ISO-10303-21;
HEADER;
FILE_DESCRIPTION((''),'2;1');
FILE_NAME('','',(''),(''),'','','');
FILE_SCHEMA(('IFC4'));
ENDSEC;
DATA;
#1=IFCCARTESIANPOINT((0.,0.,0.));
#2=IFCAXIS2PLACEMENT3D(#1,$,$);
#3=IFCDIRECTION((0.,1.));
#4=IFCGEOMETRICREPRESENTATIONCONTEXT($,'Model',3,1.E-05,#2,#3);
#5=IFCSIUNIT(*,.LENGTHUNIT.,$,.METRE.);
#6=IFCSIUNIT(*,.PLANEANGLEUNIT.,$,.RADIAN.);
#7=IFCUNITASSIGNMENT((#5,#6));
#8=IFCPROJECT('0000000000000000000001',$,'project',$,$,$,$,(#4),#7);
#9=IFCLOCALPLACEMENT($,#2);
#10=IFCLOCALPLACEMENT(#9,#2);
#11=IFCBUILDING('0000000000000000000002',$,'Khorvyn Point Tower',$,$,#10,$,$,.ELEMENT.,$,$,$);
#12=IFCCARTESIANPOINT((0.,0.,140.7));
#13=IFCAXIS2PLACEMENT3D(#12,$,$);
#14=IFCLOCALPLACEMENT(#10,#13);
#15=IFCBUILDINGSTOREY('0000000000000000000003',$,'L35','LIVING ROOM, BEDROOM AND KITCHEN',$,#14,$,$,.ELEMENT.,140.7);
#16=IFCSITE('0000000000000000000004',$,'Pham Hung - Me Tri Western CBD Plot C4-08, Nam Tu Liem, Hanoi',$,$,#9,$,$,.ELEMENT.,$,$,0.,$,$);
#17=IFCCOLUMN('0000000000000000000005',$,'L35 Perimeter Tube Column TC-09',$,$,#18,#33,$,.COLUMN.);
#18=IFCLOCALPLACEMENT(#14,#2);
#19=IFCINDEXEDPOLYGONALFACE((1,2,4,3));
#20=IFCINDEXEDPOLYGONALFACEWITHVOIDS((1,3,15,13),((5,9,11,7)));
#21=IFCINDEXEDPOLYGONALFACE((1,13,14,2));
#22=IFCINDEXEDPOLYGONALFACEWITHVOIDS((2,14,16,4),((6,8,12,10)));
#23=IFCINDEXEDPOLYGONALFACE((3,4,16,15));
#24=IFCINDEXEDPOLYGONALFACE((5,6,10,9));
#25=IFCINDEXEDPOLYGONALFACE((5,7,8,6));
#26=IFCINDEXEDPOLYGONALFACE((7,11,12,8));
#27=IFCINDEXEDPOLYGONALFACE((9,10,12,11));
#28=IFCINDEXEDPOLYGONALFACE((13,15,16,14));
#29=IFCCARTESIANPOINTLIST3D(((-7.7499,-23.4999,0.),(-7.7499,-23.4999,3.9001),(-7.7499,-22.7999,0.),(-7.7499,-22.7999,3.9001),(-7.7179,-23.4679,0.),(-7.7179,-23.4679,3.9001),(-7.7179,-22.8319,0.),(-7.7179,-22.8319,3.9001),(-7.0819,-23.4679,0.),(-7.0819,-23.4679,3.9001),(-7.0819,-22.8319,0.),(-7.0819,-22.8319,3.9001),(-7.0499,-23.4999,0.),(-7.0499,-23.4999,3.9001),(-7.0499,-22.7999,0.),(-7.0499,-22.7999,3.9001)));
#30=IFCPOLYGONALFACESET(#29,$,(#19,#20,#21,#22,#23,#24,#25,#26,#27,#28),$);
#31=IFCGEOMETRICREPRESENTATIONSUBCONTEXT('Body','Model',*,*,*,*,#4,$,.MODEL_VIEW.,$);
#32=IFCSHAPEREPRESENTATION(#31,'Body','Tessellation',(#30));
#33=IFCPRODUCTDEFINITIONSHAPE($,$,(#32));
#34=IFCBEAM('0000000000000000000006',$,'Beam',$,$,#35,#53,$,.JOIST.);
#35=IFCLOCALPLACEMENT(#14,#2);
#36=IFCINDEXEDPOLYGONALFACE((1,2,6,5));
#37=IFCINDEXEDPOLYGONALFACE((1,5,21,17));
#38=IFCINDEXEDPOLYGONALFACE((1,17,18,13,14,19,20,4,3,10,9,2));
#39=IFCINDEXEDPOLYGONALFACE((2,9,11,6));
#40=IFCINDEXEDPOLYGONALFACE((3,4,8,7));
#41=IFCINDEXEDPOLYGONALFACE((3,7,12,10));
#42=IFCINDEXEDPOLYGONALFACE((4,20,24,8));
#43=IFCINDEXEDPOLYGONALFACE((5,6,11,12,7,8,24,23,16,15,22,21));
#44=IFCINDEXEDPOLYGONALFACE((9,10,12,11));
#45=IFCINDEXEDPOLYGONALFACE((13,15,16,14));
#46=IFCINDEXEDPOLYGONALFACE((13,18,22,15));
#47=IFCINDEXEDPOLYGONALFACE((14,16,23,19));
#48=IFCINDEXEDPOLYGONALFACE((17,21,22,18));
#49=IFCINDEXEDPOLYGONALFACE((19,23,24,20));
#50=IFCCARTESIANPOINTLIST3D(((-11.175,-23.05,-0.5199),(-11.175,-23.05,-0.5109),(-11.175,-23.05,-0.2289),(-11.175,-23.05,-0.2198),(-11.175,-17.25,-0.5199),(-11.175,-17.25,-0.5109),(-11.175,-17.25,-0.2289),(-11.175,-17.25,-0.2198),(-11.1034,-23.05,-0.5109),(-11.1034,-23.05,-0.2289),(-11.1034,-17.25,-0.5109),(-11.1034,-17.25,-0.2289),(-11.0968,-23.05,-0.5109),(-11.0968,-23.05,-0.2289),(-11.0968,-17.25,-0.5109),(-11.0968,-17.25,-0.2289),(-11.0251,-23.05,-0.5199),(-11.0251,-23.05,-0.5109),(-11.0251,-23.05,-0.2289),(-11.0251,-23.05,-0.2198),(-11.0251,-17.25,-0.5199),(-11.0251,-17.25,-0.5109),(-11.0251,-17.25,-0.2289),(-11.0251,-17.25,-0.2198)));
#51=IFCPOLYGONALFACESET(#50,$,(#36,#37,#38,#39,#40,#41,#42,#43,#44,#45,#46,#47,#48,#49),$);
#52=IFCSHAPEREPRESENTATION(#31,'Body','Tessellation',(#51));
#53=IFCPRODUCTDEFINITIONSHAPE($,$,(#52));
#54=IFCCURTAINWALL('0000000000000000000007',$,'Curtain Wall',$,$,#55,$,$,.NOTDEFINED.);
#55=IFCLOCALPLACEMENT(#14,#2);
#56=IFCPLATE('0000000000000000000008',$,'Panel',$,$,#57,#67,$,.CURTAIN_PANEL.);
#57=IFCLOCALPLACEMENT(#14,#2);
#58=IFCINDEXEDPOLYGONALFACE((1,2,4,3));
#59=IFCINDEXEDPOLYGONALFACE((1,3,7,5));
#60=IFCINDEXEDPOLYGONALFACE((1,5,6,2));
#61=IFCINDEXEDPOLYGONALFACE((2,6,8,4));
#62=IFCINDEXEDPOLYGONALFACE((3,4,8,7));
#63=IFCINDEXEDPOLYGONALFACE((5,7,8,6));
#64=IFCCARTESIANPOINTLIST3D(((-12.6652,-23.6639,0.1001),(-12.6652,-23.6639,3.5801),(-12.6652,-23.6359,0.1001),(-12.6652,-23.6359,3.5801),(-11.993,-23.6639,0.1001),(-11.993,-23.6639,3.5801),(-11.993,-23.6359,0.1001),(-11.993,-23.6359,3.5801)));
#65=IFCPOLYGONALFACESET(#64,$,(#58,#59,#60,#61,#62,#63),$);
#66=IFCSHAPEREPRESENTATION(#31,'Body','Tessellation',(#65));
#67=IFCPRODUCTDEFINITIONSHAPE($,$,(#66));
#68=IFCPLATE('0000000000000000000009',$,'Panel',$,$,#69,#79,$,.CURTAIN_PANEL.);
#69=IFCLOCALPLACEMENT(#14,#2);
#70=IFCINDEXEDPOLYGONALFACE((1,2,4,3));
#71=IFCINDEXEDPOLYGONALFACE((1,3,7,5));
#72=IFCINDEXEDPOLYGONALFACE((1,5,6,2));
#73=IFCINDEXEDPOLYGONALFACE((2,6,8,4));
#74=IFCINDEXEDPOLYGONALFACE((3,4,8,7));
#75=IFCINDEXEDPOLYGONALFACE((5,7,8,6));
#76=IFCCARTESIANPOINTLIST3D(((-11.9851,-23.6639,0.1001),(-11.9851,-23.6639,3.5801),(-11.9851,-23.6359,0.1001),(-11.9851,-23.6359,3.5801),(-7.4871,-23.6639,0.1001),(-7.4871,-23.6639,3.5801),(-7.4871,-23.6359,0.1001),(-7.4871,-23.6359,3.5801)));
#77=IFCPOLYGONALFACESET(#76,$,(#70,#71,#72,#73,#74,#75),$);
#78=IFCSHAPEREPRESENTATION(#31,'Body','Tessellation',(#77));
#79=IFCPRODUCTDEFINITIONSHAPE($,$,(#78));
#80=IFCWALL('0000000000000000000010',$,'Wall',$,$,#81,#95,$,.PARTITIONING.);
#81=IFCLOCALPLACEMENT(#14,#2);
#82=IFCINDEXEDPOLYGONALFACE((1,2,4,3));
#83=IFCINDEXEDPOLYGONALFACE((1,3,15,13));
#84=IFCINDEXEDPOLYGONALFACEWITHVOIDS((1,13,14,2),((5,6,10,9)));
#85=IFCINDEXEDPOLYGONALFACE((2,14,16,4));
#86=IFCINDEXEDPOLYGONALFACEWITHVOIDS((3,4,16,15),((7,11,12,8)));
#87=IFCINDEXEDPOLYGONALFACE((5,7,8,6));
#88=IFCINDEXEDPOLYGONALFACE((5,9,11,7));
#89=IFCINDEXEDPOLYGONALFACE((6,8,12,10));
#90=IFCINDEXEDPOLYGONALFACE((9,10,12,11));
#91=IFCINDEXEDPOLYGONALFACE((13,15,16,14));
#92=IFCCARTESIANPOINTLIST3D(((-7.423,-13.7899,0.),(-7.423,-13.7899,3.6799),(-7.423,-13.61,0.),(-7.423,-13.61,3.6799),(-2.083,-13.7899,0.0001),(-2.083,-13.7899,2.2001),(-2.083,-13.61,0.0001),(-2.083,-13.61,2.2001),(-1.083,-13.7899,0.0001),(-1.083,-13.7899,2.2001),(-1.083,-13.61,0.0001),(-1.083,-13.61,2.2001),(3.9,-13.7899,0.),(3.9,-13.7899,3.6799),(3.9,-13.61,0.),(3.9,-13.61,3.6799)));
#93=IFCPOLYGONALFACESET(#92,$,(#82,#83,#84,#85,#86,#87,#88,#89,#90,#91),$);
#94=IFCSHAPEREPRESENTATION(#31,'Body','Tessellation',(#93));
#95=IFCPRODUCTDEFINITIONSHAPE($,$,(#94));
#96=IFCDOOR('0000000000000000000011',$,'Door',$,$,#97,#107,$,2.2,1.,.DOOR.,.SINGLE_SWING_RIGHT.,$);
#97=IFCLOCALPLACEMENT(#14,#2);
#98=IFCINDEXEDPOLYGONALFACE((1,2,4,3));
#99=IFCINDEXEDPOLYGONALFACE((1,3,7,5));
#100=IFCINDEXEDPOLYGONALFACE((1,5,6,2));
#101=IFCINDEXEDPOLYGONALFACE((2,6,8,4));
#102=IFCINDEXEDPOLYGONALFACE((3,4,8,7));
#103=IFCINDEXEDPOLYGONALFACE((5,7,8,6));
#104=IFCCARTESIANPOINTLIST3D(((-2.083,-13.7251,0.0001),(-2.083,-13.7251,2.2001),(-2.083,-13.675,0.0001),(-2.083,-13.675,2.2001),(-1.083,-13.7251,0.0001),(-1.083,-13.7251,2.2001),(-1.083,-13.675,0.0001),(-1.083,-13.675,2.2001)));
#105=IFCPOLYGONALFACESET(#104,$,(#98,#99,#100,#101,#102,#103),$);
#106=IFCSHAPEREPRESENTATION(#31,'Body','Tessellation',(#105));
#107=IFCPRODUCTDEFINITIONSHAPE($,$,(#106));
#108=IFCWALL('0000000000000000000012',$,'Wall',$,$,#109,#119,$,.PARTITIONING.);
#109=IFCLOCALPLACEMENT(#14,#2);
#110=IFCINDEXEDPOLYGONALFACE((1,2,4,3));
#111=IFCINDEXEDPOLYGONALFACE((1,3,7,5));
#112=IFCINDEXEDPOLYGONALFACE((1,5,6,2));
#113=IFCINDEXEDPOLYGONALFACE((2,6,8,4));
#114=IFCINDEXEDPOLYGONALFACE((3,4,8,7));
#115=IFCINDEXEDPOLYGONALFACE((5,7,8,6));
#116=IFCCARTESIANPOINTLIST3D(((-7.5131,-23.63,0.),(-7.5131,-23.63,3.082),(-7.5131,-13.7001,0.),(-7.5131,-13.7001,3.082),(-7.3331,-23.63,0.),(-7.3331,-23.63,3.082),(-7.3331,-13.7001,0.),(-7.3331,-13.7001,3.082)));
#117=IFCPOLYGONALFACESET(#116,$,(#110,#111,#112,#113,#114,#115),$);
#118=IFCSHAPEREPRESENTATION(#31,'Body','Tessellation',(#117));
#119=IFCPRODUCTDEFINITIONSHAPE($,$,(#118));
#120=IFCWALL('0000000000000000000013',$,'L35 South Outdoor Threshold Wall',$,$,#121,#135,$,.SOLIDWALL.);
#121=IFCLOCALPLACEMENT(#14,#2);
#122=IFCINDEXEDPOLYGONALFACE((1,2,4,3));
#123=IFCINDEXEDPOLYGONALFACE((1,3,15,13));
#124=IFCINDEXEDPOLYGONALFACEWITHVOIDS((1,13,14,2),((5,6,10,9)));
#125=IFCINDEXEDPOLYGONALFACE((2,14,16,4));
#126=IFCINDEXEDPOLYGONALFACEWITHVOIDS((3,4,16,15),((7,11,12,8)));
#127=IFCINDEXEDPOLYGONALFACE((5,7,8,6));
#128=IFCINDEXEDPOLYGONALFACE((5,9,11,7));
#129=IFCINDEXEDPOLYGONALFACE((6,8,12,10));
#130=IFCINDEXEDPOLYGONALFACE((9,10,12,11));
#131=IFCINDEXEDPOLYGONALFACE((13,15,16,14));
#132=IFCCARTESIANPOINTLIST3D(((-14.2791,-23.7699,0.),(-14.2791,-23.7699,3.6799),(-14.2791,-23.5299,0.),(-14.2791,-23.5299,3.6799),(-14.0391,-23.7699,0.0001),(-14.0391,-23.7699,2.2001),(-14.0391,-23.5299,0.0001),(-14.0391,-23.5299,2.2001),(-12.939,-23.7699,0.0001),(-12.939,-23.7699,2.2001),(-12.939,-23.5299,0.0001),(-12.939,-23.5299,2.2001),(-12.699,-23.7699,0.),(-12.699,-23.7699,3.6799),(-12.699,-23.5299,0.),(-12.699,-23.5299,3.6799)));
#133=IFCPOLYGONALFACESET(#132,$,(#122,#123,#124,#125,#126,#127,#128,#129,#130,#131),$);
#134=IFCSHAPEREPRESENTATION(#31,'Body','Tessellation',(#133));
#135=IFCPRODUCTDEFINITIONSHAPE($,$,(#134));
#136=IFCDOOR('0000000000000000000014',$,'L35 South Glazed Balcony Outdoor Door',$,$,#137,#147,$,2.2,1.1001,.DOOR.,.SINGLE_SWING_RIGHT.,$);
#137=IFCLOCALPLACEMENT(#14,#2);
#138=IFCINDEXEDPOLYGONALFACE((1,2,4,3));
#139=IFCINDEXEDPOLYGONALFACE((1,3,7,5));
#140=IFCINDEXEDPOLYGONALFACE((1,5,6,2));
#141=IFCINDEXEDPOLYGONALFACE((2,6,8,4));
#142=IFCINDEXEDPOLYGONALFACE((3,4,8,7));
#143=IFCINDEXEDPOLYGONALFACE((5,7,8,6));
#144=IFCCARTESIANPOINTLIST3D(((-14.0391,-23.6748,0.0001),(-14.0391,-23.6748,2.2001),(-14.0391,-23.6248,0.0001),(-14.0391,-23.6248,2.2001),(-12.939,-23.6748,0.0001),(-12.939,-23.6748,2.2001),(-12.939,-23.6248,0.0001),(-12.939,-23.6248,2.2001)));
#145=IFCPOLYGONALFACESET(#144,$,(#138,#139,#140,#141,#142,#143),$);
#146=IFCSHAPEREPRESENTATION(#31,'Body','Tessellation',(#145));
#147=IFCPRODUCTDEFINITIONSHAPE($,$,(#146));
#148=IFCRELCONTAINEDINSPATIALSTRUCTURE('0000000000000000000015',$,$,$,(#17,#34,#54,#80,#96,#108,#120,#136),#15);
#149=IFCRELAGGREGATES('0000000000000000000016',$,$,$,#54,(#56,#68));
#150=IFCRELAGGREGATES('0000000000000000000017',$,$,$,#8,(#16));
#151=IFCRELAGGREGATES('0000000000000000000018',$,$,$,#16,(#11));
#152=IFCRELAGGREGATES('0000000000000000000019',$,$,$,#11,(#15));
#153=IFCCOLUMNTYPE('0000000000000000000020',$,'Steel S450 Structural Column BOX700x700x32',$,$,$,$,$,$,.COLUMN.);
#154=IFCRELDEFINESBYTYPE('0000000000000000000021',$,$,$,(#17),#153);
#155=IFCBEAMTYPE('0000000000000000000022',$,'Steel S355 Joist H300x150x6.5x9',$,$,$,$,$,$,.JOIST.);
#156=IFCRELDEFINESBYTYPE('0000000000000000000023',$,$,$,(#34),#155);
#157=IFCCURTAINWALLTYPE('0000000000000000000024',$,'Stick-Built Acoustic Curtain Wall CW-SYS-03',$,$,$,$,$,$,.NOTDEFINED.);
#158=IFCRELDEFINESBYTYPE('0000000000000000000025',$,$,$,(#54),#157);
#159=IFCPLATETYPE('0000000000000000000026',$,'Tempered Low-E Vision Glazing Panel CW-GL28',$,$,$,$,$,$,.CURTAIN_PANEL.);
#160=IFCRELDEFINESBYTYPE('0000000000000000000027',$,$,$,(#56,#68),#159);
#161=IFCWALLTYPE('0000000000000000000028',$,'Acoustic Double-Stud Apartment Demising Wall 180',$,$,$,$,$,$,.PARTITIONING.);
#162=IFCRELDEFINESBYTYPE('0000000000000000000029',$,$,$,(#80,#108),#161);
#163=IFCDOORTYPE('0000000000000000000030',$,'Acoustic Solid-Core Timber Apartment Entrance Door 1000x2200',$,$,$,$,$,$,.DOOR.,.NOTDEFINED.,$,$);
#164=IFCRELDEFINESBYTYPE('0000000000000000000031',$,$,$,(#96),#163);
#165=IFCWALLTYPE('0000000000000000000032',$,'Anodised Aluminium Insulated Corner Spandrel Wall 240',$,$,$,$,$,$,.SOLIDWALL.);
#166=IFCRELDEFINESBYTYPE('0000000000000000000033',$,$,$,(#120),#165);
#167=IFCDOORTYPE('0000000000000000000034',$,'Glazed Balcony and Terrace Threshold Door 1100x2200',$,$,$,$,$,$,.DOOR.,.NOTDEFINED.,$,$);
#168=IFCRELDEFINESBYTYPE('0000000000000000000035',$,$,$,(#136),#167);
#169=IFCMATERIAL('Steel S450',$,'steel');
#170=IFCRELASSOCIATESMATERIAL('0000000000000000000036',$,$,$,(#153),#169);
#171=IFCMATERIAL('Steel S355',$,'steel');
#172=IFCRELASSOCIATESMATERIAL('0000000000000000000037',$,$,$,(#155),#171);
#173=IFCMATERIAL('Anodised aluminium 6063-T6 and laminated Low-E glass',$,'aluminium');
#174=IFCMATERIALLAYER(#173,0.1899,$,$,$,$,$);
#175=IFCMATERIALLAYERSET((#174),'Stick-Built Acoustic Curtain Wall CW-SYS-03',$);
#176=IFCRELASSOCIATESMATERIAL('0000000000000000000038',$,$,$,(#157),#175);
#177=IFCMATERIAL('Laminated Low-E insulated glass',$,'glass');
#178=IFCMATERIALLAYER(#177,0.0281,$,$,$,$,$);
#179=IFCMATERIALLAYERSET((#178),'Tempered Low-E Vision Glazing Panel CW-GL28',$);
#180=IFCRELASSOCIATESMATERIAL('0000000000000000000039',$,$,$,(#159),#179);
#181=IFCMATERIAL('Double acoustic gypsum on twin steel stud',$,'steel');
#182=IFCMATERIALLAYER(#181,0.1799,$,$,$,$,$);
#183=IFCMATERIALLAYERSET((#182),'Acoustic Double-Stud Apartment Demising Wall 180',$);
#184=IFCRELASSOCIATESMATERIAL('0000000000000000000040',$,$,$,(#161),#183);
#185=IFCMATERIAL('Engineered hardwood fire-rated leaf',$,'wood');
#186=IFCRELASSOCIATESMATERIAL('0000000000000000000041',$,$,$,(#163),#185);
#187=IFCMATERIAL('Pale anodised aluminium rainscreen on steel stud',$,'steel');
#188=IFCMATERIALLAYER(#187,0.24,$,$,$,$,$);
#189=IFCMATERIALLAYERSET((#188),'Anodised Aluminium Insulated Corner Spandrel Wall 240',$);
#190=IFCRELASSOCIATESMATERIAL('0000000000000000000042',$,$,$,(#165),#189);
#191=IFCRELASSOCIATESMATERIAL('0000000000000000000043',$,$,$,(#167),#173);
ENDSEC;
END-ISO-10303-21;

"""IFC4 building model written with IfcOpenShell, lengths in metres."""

from ifc_helpers import new_model, si_unit, direction, frame, frame_2d, origin, origin_2d, place, context, subcontext, project, spatial, rectangle, hollow_rectangle, i_section, extrude, material, layer, layer_set, material_profile, profile_set, type_object, element, fill, aggregate, save


model = new_model("IFC4")

# Units and contexts
model_context = context("Model", 3, precision=1e-05, world=origin(), true_north=direction((0.0, 1.0)))
body_context = subcontext(model_context, "Body", "Model", "MODEL_VIEW")
ifc_project = project(units=[si_unit("LENGTHUNIT", "METRE"), si_unit("PLANEANGLEUNIT", "RADIAN")], contexts=[model_context])

# Site, building, storey
site_placement = place(None, origin())
site = spatial("IfcSite", under=ifc_project, at=site_placement, Name="Pham Hung - Me Tri Western CBD Plot C4-08, Nam Tu Liem, Hanoi", CompositionType="ELEMENT", RefElevation=0.0)
building_placement = place(site_placement, origin())
building = spatial("IfcBuilding", under=site, at=building_placement, Name="Khorvyn Point Tower", CompositionType="ELEMENT")
storey_placement = place(building_placement, frame((0.0, 0.0, 140.7)))
storey = spatial("IfcBuildingStorey", under=building, at=storey_placement, Name="L35", Description="LIVING ROOM, BEDROOM AND KITCHEN", CompositionType="ELEMENT", Elevation=140.7)

# Column
ifc_material_1 = material(Name="Steel S450", Category="steel")
ifc_material_profile_1 = material_profile(ifc_material_1, hollow_rectangle(XDim=0.7, YDim=0.7, WallThickness=0.032, at=origin_2d()))
ifc_profile_set_1 = profile_set([ifc_material_profile_1], Name="Steel S450 BOX700x700x32")
column_type = type_object("IfcColumnType", Name="Steel S450 Structural Column BOX700x700x32", PredefinedType="COLUMN", material=ifc_profile_set_1)
column_placement = place(storey_placement, frame((-7.3999, -23.1499, 0.0), z_axis=(0.0, 0.0, 1.0), x_axis=(1.0, 0.0, 0.0)))
element("IfcColumn", 1, at=column_placement, inside=storey, type_object=column_type, Name="L35 Perimeter Tube Column TC-09", PredefinedType="COLUMN", context=body_context, shape_type="SweptSolid", body=[
    extrude(hollow_rectangle(XDim=0.7, YDim=0.7, WallThickness=0.032, at=origin_2d()), origin(), (0.0, 0.0, 1.0), 3.9001),
])

# Beam
ifc_material_2 = material(Name="Steel S355", Category="steel")
ifc_material_profile_2 = material_profile(ifc_material_2, i_section(OverallWidth=0.1499, OverallDepth=0.3, WebThickness=0.0066, FlangeThickness=0.009, at=origin_2d()))
ifc_profile_set_2 = profile_set([ifc_material_profile_2], Name="Steel S355 H300x150x6.5x9")
beam_type = type_object("IfcBeamType", Name="Steel S355 Joist H300x150x6.5x9", PredefinedType="JOIST", material=ifc_profile_set_2)
beam_placement = place(storey_placement, frame((-11.1001, -23.05, -0.3699), z_axis=(0.0, 1.0, 0.0), x_axis=(-1.0, 0.0, 0.0)))
element("IfcBeam", 2, at=beam_placement, inside=storey, type_object=beam_type, Name="Beam", PredefinedType="JOIST", context=body_context, shape_type="SweptSolid", body=[
    extrude(i_section(OverallWidth=0.1499, OverallDepth=0.3, WebThickness=0.0066, FlangeThickness=0.009, at=origin_2d()), origin(), (0.0, 0.0, 1.0), 5.8),
])

# Curtain wall, plates
ifc_material_3 = material(Name="Anodised aluminium 6063-T6 and laminated Low-E glass", Category="aluminium")
ifc_layer_1 = layer(ifc_material_3, 0.1899)
ifc_layer_set_1 = layer_set([ifc_layer_1], Name="Stick-Built Acoustic Curtain Wall CW-SYS-03")
curtain_wall_type = type_object("IfcCurtainWallType", Name="Stick-Built Acoustic Curtain Wall CW-SYS-03", PredefinedType="NOTDEFINED", material=ifc_layer_set_1)
curtain_wall_placement = place(storey_placement, origin())
curtain_wall = element("IfcCurtainWall", 3, at=curtain_wall_placement, inside=storey, type_object=curtain_wall_type, Name="Curtain Wall", PredefinedType="NOTDEFINED")
ifc_material_4 = material(Name="Laminated Low-E insulated glass", Category="glass")
ifc_layer_2 = layer(ifc_material_4, 0.0281)
ifc_layer_set_2 = layer_set([ifc_layer_2], Name="Tempered Low-E Vision Glazing Panel CW-GL28")
plate_type = type_object("IfcPlateType", Name="Tempered Low-E Vision Glazing Panel CW-GL28", PredefinedType="CURTAIN_PANEL", material=ifc_layer_set_2)
plate_1_placement = place(storey_placement, frame((-12.3291, -23.6499, 0.1001), z_axis=(0.0, 0.0, 1.0), x_axis=(-1.0, 0.0, 0.0)))
plate_1 = element("IfcPlate", 4, at=plate_1_placement, type_object=plate_type, Name="Panel", PredefinedType="CURTAIN_PANEL", context=body_context, shape_type="SweptSolid", body=[
    extrude(rectangle(XDim=0.6721, YDim=0.0281, at=origin_2d()), origin(), (0.0, 0.0, 1.0), 3.48),
])
plate_2_placement = place(storey_placement, frame((-9.7361, -23.6499, 0.1001), z_axis=(0.0, 0.0, 1.0), x_axis=(-1.0, 0.0, 0.0)))
plate_2 = element("IfcPlate", 5, at=plate_2_placement, type_object=plate_type, Name="Panel", PredefinedType="CURTAIN_PANEL", context=body_context, shape_type="SweptSolid", body=[
    extrude(rectangle(XDim=4.498, YDim=0.0281, at=origin_2d()), origin(), (0.0, 0.0, 1.0), 3.48),
])
aggregate(curtain_wall, [plate_1, plate_2])

# Wall, opening, door
ifc_material_5 = material(Name="Double acoustic gypsum on twin steel stud", Category="steel")
ifc_layer_3 = layer(ifc_material_5, 0.1799)
ifc_layer_set_3 = layer_set([ifc_layer_3], Name="Acoustic Double-Stud Apartment Demising Wall 180")
wall_type_1 = type_object("IfcWallType", Name="Acoustic Double-Stud Apartment Demising Wall 180", PredefinedType="PARTITIONING", material=ifc_layer_set_3)
wall_1_placement = place(storey_placement, frame((-7.4231, -13.7, 0.0), z_axis=(0.0, 0.0, 1.0), x_axis=(1.0, 0.0, 0.0)))
wall_1 = element("IfcWall", 6, at=wall_1_placement, inside=storey, type_object=wall_type_1, Name="Wall", PredefinedType="PARTITIONING", context=body_context, shape_type="SweptSolid", body=[
    extrude(rectangle(XDim=11.323, YDim=0.1799, at=frame_2d((5.6616, 0.0))), origin(), (0.0, 0.0, 1.0), 3.6799),
])
opening_1_placement = place(wall_1_placement, frame((5.3401, 0.0, 0.0)))
opening_1 = element("IfcOpeningElement", 7, at=opening_1_placement, cuts=wall_1, PredefinedType="OPENING", context=body_context, shape_type="SweptSolid", body=[
    extrude(rectangle(XDim=1.0, YDim=2.2, at=frame_2d((0.5, 1.1001))), frame((0.0, 0.0999, 0.0), z_axis=(0.0, -1.0, 0.0), x_axis=(1.0, 0.0, 0.0)), (0.0, 0.0, 1.0), 0.2),
])
ifc_material_6 = material(Name="Engineered hardwood fire-rated leaf", Category="wood")
door_type_1 = type_object("IfcDoorType", Name="Acoustic Solid-Core Timber Apartment Entrance Door 1000x2200", OperationType="NOTDEFINED", PredefinedType="DOOR", material=ifc_material_6)
door_1_placement = place(opening_1_placement, origin())
door_1 = element("IfcDoor", 8, at=door_1_placement, inside=storey, type_object=door_type_1, Name="Door", OperationType="SINGLE_SWING_RIGHT", OverallHeight=2.2, OverallWidth=1.0, PredefinedType="DOOR", context=body_context, shape_type="SweptSolid", body=[
    extrude(rectangle(XDim=1.0, YDim=2.2, at=frame_2d((0.5, 1.1001))), frame((0.0, 0.0249, 0.0), z_axis=(0.0, -1.0, 0.0), x_axis=(1.0, 0.0, 0.0)), (0.0, 0.0, 1.0), 0.05),
])
fill(opening_1, door_1)

# Wall
wall_2_placement = place(storey_placement, frame((-7.4231, -23.6299, 0.0), z_axis=(0.0, 0.0, 1.0), x_axis=(0.0, 1.0, 0.0)))
element("IfcWall", 9, at=wall_2_placement, inside=storey, type_object=wall_type_1, Name="Wall", PredefinedType="PARTITIONING", context=body_context, shape_type="SweptSolid", body=[
    extrude(rectangle(XDim=9.9299, YDim=0.1799, at=frame_2d((4.9648, 0.0))), origin(), (0.0, 0.0, 1.0), 3.082),
])

# Wall, opening, door
ifc_material_7 = material(Name="Pale anodised aluminium rainscreen on steel stud", Category="steel")
ifc_layer_4 = layer(ifc_material_7, 0.24)
ifc_layer_set_4 = layer_set([ifc_layer_4], Name="Anodised Aluminium Insulated Corner Spandrel Wall 240")
wall_type_2 = type_object("IfcWallType", Name="Anodised Aluminium Insulated Corner Spandrel Wall 240", PredefinedType="SOLIDWALL", material=ifc_layer_set_4)
wall_3_placement = place(storey_placement, frame((-12.699, -23.6499, 0.0), z_axis=(0.0, 0.0, 1.0), x_axis=(-1.0, 0.0, 0.0)))
wall_3 = element("IfcWall", 10, at=wall_3_placement, inside=storey, type_object=wall_type_2, Name="L35 South Outdoor Threshold Wall", PredefinedType="SOLIDWALL", context=body_context, shape_type="SweptSolid", body=[
    extrude(rectangle(XDim=1.5801, YDim=0.24, at=frame_2d((0.79, 0.0))), origin(), (0.0, 0.0, 1.0), 3.6799),
])
opening_2_placement = place(wall_3_placement, frame((0.24, 0.0, 0.0)))
opening_2 = element("IfcOpeningElement", 11, at=opening_2_placement, cuts=wall_3, PredefinedType="OPENING", context=body_context, shape_type="SweptSolid", body=[
    extrude(rectangle(XDim=1.1001, YDim=2.2, at=frame_2d((0.55, 1.1001))), frame((0.0, 0.1299, 0.0), z_axis=(0.0, -1.0, 0.0), x_axis=(1.0, 0.0, 0.0)), (0.0, 0.0, 1.0), 0.26),
])
door_type_2 = type_object("IfcDoorType", Name="Glazed Balcony and Terrace Threshold Door 1100x2200", OperationType="NOTDEFINED", PredefinedType="DOOR", material=ifc_material_3)
door_2_placement = place(opening_2_placement, origin())
door_2 = element("IfcDoor", 12, at=door_2_placement, inside=storey, type_object=door_type_2, Name="L35 South Glazed Balcony Outdoor Door", OperationType="SINGLE_SWING_RIGHT", OverallHeight=2.2, OverallWidth=1.1001, PredefinedType="DOOR", context=body_context, shape_type="SweptSolid", body=[
    extrude(rectangle(XDim=1.1001, YDim=2.2, at=frame_2d((0.55, 1.1001))), frame((0.0, 0.0249, 0.0), z_axis=(0.0, -1.0, 0.0), x_axis=(1.0, 0.0, 0.0)), (0.0, 0.0, 1.0), 0.05),
])
fill(opening_2, door_2)

save(model, "model.ifc")
